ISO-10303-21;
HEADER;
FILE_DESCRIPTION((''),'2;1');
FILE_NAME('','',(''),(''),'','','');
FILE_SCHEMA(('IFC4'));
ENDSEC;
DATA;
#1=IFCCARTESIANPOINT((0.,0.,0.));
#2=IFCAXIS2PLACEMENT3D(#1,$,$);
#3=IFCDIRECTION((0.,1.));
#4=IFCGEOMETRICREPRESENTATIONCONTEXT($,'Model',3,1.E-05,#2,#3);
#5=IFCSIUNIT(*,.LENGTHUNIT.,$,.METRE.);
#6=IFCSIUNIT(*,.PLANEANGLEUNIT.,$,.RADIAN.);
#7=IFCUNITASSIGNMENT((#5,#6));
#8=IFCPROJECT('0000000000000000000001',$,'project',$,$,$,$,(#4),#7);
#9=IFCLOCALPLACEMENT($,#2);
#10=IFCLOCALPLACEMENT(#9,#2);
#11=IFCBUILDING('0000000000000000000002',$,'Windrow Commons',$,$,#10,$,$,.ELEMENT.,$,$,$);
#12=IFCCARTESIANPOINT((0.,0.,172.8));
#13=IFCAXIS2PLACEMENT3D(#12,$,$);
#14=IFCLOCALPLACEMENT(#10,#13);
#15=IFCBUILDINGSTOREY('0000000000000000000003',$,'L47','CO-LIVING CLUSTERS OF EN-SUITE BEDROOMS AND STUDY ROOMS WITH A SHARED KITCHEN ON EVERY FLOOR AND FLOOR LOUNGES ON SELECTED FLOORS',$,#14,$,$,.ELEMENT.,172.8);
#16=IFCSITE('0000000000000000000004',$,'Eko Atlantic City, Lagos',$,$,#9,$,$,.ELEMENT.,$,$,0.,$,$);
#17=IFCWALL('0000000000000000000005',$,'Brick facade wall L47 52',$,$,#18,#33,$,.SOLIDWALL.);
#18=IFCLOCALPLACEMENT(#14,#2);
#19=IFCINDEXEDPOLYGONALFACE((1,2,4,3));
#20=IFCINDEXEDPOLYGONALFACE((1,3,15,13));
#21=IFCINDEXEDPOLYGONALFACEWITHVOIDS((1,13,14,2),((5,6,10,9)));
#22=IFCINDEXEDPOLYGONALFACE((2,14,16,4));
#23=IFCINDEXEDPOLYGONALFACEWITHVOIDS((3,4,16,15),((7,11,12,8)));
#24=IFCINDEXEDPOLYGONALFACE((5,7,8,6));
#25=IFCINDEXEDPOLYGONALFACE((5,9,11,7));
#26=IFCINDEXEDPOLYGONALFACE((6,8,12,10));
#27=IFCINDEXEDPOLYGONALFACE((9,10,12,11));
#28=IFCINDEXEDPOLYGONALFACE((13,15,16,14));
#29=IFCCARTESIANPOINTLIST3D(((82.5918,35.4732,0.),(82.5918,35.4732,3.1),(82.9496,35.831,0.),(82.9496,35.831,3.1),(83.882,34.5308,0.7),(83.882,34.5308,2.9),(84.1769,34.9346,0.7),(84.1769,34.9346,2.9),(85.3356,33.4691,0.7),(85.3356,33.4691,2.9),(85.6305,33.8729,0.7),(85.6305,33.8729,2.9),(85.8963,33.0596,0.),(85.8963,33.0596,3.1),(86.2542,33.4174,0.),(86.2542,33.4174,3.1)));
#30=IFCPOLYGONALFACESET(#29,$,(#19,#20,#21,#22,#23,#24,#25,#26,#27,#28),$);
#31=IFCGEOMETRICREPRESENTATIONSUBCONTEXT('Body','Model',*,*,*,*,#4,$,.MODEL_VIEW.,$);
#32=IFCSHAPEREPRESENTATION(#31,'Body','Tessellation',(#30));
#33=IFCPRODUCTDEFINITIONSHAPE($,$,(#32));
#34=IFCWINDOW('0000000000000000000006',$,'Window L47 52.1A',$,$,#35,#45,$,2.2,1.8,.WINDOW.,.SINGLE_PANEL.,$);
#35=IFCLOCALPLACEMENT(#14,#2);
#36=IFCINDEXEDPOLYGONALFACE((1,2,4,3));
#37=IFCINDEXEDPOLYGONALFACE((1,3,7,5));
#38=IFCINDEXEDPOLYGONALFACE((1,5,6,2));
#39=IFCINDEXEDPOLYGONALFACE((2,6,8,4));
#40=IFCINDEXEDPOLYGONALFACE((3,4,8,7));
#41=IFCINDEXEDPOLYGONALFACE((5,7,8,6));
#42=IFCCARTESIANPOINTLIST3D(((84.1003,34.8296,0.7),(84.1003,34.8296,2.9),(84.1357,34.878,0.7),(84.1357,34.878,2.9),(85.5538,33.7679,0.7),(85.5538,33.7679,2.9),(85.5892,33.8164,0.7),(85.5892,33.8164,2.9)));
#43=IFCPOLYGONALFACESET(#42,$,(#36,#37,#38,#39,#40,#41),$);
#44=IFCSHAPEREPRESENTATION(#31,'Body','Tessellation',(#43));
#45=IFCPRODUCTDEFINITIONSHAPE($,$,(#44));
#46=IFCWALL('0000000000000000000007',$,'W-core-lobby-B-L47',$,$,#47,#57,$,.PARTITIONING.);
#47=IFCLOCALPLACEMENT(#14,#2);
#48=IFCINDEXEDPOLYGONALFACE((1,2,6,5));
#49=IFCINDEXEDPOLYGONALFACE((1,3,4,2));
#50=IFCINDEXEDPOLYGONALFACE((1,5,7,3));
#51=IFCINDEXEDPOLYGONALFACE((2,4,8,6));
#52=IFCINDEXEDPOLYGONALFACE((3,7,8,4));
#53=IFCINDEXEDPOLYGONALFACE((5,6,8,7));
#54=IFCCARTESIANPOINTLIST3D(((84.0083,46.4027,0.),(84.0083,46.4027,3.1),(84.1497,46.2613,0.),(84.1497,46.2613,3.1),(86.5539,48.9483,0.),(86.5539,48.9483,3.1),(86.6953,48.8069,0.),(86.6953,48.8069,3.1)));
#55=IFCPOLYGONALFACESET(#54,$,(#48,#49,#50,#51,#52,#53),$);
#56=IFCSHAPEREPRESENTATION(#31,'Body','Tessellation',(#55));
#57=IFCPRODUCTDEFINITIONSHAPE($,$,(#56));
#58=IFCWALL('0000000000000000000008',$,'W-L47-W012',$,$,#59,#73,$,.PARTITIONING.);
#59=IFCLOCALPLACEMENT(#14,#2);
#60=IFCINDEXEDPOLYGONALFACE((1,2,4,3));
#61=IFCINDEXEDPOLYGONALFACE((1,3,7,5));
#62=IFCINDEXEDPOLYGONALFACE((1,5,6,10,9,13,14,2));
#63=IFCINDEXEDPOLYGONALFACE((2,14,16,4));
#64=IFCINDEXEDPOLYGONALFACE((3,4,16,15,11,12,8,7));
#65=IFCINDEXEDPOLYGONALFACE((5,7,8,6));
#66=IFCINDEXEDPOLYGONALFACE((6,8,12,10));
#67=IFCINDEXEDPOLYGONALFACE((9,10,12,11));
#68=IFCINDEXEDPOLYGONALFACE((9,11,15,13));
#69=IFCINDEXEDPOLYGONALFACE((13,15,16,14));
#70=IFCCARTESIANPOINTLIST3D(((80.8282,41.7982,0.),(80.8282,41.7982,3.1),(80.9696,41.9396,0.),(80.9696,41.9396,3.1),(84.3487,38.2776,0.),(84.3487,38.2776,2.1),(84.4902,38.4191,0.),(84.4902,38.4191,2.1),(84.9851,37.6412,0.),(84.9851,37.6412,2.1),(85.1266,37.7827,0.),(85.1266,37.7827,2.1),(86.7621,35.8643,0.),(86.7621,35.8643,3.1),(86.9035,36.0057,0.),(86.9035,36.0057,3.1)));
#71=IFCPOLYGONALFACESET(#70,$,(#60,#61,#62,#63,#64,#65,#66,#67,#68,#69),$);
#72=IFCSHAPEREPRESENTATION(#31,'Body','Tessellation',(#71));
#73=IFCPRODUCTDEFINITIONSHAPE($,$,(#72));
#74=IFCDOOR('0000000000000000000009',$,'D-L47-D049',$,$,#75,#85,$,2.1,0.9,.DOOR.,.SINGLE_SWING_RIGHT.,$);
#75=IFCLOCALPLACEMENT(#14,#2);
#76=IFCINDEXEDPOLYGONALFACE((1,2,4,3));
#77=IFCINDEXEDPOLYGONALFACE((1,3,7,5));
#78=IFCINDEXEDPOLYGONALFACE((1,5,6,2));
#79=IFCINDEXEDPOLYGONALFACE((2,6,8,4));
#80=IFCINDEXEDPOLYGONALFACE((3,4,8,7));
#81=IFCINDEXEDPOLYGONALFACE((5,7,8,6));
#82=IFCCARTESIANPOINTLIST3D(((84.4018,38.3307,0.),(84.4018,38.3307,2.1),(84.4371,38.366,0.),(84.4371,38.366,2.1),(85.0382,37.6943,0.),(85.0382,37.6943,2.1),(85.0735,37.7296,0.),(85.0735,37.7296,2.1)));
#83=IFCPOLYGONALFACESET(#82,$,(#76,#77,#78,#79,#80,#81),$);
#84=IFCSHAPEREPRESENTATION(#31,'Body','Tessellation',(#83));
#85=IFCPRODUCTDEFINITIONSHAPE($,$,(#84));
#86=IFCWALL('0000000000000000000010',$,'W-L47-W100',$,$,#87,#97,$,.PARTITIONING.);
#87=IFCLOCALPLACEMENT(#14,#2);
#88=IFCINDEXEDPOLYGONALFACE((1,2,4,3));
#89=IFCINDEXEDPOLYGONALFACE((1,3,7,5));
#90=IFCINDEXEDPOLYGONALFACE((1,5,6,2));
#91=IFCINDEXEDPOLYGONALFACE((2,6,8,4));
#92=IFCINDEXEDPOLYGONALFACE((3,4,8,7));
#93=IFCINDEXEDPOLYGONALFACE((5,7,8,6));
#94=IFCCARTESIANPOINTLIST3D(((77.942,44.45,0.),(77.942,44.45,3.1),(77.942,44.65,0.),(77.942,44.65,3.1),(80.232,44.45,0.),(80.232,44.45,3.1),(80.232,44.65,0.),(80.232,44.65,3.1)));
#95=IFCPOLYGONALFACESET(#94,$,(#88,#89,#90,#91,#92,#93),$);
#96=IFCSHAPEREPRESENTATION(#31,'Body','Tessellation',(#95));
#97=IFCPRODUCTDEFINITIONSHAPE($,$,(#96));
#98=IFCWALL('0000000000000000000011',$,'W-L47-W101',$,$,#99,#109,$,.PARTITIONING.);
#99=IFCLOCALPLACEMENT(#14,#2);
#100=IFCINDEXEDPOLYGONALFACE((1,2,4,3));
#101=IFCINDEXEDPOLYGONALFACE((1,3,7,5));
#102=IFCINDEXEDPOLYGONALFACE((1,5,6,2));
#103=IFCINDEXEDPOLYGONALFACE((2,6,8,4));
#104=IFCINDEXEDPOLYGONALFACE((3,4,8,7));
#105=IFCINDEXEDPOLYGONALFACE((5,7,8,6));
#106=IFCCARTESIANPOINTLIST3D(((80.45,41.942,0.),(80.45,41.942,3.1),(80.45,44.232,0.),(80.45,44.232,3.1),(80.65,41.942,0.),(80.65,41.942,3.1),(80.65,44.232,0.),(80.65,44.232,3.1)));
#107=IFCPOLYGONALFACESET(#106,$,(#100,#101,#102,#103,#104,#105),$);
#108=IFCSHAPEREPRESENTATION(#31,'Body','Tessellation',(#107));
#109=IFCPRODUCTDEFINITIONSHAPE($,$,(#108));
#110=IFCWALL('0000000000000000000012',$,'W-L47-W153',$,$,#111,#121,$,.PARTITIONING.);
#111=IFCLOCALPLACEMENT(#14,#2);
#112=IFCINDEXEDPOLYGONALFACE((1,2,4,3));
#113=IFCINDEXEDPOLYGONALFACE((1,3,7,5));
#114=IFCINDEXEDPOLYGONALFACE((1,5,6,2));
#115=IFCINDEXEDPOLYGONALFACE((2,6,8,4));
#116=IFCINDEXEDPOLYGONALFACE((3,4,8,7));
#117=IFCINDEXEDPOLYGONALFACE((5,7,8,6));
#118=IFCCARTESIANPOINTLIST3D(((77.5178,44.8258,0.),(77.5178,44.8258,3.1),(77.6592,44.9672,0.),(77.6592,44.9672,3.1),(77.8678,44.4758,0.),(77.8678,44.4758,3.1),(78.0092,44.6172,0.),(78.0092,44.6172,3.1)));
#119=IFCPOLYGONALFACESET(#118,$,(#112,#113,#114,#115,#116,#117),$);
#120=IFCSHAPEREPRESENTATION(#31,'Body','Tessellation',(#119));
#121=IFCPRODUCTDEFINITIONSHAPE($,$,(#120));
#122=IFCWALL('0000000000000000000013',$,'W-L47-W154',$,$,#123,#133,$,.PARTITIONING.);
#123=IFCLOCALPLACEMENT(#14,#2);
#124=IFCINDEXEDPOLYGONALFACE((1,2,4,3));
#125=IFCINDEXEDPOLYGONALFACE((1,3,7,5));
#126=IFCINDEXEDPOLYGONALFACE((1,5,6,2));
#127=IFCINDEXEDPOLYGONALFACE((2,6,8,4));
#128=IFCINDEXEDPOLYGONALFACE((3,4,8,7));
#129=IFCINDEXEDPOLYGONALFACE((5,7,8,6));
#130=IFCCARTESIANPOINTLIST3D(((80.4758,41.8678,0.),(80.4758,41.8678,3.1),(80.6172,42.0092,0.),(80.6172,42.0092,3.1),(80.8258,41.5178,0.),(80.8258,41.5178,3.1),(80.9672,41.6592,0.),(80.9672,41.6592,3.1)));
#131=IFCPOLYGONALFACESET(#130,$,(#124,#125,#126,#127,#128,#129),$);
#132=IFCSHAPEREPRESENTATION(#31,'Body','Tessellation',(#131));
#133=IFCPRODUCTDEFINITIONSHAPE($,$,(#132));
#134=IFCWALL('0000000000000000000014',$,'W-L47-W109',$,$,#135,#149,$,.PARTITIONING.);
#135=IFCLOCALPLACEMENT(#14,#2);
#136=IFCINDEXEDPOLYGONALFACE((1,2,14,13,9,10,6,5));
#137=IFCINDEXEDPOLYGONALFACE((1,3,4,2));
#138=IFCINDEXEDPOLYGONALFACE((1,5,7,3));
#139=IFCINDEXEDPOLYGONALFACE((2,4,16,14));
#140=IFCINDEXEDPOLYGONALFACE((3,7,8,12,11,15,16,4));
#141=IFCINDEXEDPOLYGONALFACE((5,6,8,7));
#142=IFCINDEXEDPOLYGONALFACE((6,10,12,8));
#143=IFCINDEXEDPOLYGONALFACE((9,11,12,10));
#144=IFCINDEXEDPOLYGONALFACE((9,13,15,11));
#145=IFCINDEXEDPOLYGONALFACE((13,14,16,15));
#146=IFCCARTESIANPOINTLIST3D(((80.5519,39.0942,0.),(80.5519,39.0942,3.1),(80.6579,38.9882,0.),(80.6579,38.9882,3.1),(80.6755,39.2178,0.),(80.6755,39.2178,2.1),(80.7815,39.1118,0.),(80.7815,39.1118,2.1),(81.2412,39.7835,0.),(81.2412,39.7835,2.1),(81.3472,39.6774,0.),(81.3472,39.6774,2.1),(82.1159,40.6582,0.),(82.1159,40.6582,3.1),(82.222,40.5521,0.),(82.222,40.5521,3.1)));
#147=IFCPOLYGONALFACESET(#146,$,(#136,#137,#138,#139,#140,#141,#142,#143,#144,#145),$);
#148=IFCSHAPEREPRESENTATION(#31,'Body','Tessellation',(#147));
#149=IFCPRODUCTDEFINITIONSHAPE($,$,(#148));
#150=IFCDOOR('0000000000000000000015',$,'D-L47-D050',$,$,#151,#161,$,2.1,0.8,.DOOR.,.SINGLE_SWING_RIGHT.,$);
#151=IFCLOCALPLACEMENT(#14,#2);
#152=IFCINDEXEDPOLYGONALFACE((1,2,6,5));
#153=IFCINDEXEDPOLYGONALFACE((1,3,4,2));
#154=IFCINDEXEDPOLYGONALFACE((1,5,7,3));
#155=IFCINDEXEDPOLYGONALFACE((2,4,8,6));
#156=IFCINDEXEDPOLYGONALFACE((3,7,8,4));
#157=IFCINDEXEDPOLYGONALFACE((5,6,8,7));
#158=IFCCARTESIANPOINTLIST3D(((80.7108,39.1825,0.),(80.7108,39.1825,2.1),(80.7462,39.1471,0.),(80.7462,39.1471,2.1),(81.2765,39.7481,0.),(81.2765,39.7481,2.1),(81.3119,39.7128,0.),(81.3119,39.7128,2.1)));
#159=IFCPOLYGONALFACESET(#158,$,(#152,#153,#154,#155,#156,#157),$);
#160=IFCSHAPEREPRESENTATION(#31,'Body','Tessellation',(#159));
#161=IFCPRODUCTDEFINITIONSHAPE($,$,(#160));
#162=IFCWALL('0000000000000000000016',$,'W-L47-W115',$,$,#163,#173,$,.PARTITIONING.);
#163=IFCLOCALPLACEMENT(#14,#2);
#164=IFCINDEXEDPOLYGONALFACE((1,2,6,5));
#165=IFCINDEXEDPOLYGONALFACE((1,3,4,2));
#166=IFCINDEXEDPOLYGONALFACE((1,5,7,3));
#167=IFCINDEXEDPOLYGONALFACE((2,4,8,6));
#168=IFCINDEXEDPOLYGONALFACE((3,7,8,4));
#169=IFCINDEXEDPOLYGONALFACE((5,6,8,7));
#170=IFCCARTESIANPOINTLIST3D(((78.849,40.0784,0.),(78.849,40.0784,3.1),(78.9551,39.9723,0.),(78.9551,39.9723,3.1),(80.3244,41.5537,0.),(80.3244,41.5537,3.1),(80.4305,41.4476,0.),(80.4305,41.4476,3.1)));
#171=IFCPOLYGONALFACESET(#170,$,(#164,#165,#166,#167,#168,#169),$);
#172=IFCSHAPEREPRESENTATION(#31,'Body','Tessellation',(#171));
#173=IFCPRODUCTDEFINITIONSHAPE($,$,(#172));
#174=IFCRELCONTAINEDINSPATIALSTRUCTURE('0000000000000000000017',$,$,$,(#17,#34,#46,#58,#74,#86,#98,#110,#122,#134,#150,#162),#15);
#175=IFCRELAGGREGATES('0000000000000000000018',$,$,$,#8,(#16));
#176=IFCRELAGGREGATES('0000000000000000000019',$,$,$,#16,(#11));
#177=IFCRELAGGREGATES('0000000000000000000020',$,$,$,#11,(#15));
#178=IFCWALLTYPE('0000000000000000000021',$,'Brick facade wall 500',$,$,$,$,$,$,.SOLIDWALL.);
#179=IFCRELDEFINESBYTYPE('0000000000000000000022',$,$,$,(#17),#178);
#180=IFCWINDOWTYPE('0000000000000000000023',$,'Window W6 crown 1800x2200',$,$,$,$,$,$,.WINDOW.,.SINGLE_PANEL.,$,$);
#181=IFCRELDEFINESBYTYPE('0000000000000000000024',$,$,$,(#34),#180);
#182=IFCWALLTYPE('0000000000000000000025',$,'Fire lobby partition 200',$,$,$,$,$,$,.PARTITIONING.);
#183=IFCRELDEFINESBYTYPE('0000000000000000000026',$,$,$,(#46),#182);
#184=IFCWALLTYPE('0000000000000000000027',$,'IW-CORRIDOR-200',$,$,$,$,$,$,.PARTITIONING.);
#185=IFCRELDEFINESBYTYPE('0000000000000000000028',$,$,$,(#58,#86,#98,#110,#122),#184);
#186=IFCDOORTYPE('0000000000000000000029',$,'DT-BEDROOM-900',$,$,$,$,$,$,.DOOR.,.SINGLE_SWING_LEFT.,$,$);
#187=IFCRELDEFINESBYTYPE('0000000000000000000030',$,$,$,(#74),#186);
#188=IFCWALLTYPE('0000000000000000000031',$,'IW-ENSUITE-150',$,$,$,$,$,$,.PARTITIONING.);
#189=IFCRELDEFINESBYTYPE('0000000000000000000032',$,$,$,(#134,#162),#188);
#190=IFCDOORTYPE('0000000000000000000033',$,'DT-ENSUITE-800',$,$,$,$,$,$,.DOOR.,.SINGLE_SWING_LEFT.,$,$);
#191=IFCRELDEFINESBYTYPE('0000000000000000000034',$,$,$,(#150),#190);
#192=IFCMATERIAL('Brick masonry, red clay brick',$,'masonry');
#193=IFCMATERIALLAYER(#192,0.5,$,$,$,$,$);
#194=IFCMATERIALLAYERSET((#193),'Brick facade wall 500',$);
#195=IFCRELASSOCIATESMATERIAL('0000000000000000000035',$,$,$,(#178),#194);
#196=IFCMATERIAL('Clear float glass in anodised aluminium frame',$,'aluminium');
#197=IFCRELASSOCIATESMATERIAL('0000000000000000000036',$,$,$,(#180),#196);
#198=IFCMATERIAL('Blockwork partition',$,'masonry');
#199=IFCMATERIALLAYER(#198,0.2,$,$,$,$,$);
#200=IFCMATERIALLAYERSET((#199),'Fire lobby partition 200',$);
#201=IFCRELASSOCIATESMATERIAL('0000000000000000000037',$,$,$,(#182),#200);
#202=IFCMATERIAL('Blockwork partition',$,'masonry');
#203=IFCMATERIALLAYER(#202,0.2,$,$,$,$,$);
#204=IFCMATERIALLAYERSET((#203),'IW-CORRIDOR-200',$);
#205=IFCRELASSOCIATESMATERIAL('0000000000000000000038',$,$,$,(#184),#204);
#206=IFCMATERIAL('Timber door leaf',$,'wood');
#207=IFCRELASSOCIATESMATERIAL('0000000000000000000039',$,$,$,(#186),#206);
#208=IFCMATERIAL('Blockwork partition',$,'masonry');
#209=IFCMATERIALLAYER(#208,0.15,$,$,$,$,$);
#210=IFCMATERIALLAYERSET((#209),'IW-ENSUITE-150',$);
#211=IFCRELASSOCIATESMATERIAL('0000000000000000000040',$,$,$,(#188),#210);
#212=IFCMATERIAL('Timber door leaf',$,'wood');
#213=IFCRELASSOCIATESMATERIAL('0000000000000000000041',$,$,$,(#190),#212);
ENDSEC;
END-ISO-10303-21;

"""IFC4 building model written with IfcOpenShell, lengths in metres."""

from ifc_helpers import new_model, si_unit, direction, frame, frame_2d, origin, place, context, subcontext, project, spatial, polyline, rectangle, outline, extrude, material, layer, layer_set, type_object, element, fill, save


model = new_model("IFC4")

# Units and contexts
model_context = context("Model", 3, precision=1e-05, world=origin(), true_north=direction((0.0, 1.0)))
body_context = subcontext(model_context, "Body", "Model", "MODEL_VIEW")
ifc_project = project(units=[si_unit("LENGTHUNIT", "METRE"), si_unit("PLANEANGLEUNIT", "RADIAN")], contexts=[model_context])

# Site, building, storey
site_placement = place(None, origin())
site = spatial("IfcSite", under=ifc_project, at=site_placement, Name="Eko Atlantic City, Lagos", CompositionType="ELEMENT", RefElevation=0.0)
building_placement = place(site_placement, origin())
building = spatial("IfcBuilding", under=site, at=building_placement, Name="Windrow Commons", CompositionType="ELEMENT")
storey_placement = place(building_placement, frame((0.0, 0.0, 172.8)))
storey = spatial("IfcBuildingStorey", under=building, at=storey_placement, Name="L47", Description="CO-LIVING CLUSTERS OF EN-SUITE BEDROOMS AND STUDY ROOMS WITH A SHARED KITCHEN ON EVERY FLOOR AND FLOOR LOUNGES ON SELECTED FLOORS", CompositionType="ELEMENT", Elevation=172.8)

# Shared definitions
ifc_material_1 = material(Name="Brick masonry, red clay brick", Category="masonry")
ifc_layer_1 = layer(ifc_material_1, 0.5)
ifc_layer_set_1 = layer_set([ifc_layer_1], Name="Brick facade wall 500")
wall_type_1 = type_object("IfcWallType", Name="Brick facade wall 500", PredefinedType="SOLIDWALL", material=ifc_layer_set_1)

# Wall, opening, window
wall_1_placement = place(storey_placement, frame((82.7707, 35.6521, 0.0), z_axis=(0.0, 0.0, 1.0), x_axis=(0.807534, -0.589821, 0.0)))
wall_1 = element("IfcWall", 1, at=wall_1_placement, inside=storey, type_object=wall_type_1, Name="Brick facade wall L47 52", PredefinedType="SOLIDWALL", context=body_context, shape_type="SweptSolid", body=[
    extrude(outline(polyline([(-0.039, -0.25), (4.0532, -0.25), (4.1311, 0.25), (0.039, 0.25), (-0.039, -0.25)])), origin(), (0.0, 0.0, 1.0), 3.1),
])
opening_1_placement = place(wall_1_placement, frame((1.5588, 0.0, 0.7)))
opening_1 = element("IfcOpeningElement", 2, at=opening_1_placement, cuts=wall_1, PredefinedType="OPENING", context=body_context, shape_type="SweptSolid", body=[
    extrude(rectangle(XDim=1.8, YDim=2.2, at=frame_2d((0.9, 1.1))), frame((0.0, 0.26, 0.0), z_axis=(0.0, -1.0, 0.0), x_axis=(1.0, 0.0, 0.0)), (0.0, 0.0, 1.0), 0.52),
])
ifc_material_2 = material(Name="Clear float glass in anodised aluminium frame", Category="aluminium")
window_type_1 = type_object("IfcWindowType", Name="Window W6 crown 1800x2200", PartitioningType="SINGLE_PANEL", PredefinedType="WINDOW", material=ifc_material_2)
window_1_placement = place(opening_1_placement, origin())
window_1 = element("IfcWindow", 3, at=window_1_placement, inside=storey, type_object=window_type_1, Name="Window L47 52.1A", OverallHeight=2.2, OverallWidth=1.8, PartitioningType="SINGLE_PANEL", PredefinedType="WINDOW", context=body_context, shape_type="SweptSolid", body=[
    extrude(rectangle(XDim=1.8, YDim=2.2, at=frame_2d((0.9, 1.1))), frame((0.0, 0.18, 0.0), z_axis=(0.0, -1.0, 0.0), x_axis=(1.0, 0.0, 0.0)), (0.0, 0.0, 1.0), 0.06),
])
fill(opening_1, window_1)

# Wall
ifc_material_3 = material(Name="Blockwork partition", Category="masonry")
ifc_layer_2 = layer(ifc_material_3, 0.2)
ifc_layer_set_2 = layer_set([ifc_layer_2], Name="Fire lobby partition 200")
wall_type_2 = type_object("IfcWallType", Name="Fire lobby partition 200", PredefinedType="PARTITIONING", material=ifc_layer_set_2)
wall_2_placement = place(storey_placement, frame((84.079, 46.332, 0.0), z_axis=(0.0, 0.0, 1.0), x_axis=(0.707107, 0.707107, 0.0)))
element("IfcWall", 4, at=wall_2_placement, inside=storey, type_object=wall_type_2, Name="W-core-lobby-B-L47", PredefinedType="PARTITIONING", context=body_context, shape_type="SweptSolid", body=[
    extrude(rectangle(XDim=3.6, YDim=0.2, at=frame_2d((1.8, 0.0))), origin(), (0.0, 0.0, 1.0), 3.1),
])

# Wall, opening, door
ifc_material_4 = material(Name="Blockwork partition", Category="masonry")
ifc_layer_3 = layer(ifc_material_4, 0.2)
ifc_layer_set_3 = layer_set([ifc_layer_3], Name="IW-CORRIDOR-200")
wall_type_3 = type_object("IfcWallType", Name="IW-CORRIDOR-200", PredefinedType="PARTITIONING", material=ifc_layer_set_3)
wall_3_placement = place(storey_placement, frame((80.8989, 41.8689, 0.0), z_axis=(0.0, 0.0, 1.0), x_axis=(0.707107, -0.707107, 0.0)))
wall_3 = element("IfcWall", 5, at=wall_3_placement, inside=storey, type_object=wall_type_3, Name="W-L47-W012", PredefinedType="PARTITIONING", context=body_context, shape_type="SweptSolid", body=[
    extrude(rectangle(XDim=8.3919, YDim=0.2, at=frame_2d((4.1959, 0.0))), origin(), (0.0, 0.0, 1.0), 3.1),
])
opening_2_placement = place(wall_3_placement, frame((4.9788, 0.0, 0.0)))
opening_2 = element("IfcOpeningElement", 6, at=opening_2_placement, cuts=wall_3, PredefinedType="OPENING", context=body_context, shape_type="SweptSolid", body=[
    extrude(rectangle(XDim=0.9, YDim=2.1, at=frame_2d((0.45, 1.05))), frame((0.0, 0.11, 0.0), z_axis=(0.0, -1.0, 0.0), x_axis=(1.0, 0.0, 0.0)), (0.0, 0.0, 1.0), 0.22),
])
ifc_material_5 = material(Name="Timber door leaf", Category="wood")
door_type_1 = type_object("IfcDoorType", Name="DT-BEDROOM-900", OperationType="SINGLE_SWING_LEFT", PredefinedType="DOOR", material=ifc_material_5)
door_1_placement = place(opening_2_placement, origin())
door_1 = element("IfcDoor", 7, at=door_1_placement, inside=storey, type_object=door_type_1, Name="D-L47-D049", OperationType="SINGLE_SWING_RIGHT", OverallHeight=2.1, OverallWidth=0.9, PredefinedType="DOOR", context=body_context, shape_type="SweptSolid", body=[
    extrude(rectangle(XDim=0.9, YDim=2.1, at=frame_2d((0.45, 1.05))), frame((0.0, 0.025, 0.0), z_axis=(0.0, -1.0, 0.0), x_axis=(1.0, 0.0, 0.0)), (0.0, 0.0, 1.0), 0.05),
])
fill(opening_2, door_1)

# Walls
for number, where, z_axis, x_axis, name in (
    (8, (77.942, 44.55, 0.0), (0.0, 0.0, 1.0), (1.0, 0.0, 0.0), "W-L47-W100"),
    (9, (80.55, 41.942, 0.0), (0.0, 0.0, 1.0), (0.0, 1.0, 0.0), "W-L47-W101"),
):
    element("IfcWall", number, at=place(storey_placement, frame(where, z_axis=z_axis, x_axis=x_axis)), inside=storey, type_object=wall_type_3, Name=name, PredefinedType="PARTITIONING", context=body_context, shape_type="SweptSolid", body=[
        extrude(rectangle(XDim=2.29, YDim=0.2, at=frame_2d((1.145, 0.0))), origin(), (0.0, 0.0, 1.0), 3.1),
    ])
for number, where, z_axis, x_axis, name in (
    (10, (77.5885, 44.8965, 0.0), (0.0, 0.0, 1.0), (0.707107, -0.707107, 0.0), "W-L47-W153"),
    (11, (80.5465, 41.9385, 0.0), (0.0, 0.0, 1.0), (0.707107, -0.707107, 0.0), "W-L47-W154"),
):
    element("IfcWall", number, at=place(storey_placement, frame(where, z_axis=z_axis, x_axis=x_axis)), inside=storey, type_object=wall_type_3, Name=name, PredefinedType="PARTITIONING", context=body_context, shape_type="SweptSolid", body=[
        extrude(rectangle(XDim=0.495, YDim=0.2, at=frame_2d((0.2475, 0.0))), origin(), (0.0, 0.0, 1.0), 3.1),
    ])

# Wall, opening, door
ifc_material_6 = material(Name="Blockwork partition", Category="masonry")
ifc_layer_4 = layer(ifc_material_6, 0.15)
ifc_layer_set_4 = layer_set([ifc_layer_4], Name="IW-ENSUITE-150")
wall_type_4 = type_object("IfcWallType", Name="IW-ENSUITE-150", PredefinedType="PARTITIONING", material=ifc_layer_set_4)
wall_4_placement = place(storey_placement, frame((80.6049, 39.0412, 0.0), z_axis=(0.0, 0.0, 1.0), x_axis=(0.707129, 0.707084, 0.0)))
wall_4 = element("IfcWall", 12, at=wall_4_placement, inside=storey, type_object=wall_type_4, Name="W-L47-W109", PredefinedType="PARTITIONING", context=body_context, shape_type="SweptSolid", body=[
    extrude(rectangle(XDim=2.2118, YDim=0.15, at=frame_2d((1.1059, 0.0))), origin(), (0.0, 0.0, 1.0), 3.1),
])
opening_3_placement = place(wall_4_placement, frame((0.1748, 0.0, 0.0)))
opening_3 = element("IfcOpeningElement", 13, at=opening_3_placement, cuts=wall_4, PredefinedType="OPENING", context=body_context, shape_type="SweptSolid", body=[
    extrude(rectangle(XDim=0.8, YDim=2.1, at=frame_2d((0.4, 1.05))), frame((0.0, 0.085, 0.0), z_axis=(0.0, -1.0, 0.0), x_axis=(1.0, 0.0, 0.0)), (0.0, 0.0, 1.0), 0.17),
])
ifc_material_7 = material(Name="Timber door leaf", Category="wood")
door_type_2 = type_object("IfcDoorType", Name="DT-ENSUITE-800", OperationType="SINGLE_SWING_LEFT", PredefinedType="DOOR", material=ifc_material_7)
door_2_placement = place(opening_3_placement, origin())
door_2 = element("IfcDoor", 14, at=door_2_placement, inside=storey, type_object=door_type_2, Name="D-L47-D050", OperationType="SINGLE_SWING_RIGHT", OverallHeight=2.1, OverallWidth=0.8, PredefinedType="DOOR", context=body_context, shape_type="SweptSolid", body=[
    extrude(rectangle(XDim=0.8, YDim=2.1, at=frame_2d((0.4, 1.05))), frame((0.0, 0.025, 0.0), z_axis=(0.0, -1.0, 0.0), x_axis=(1.0, 0.0, 0.0)), (0.0, 0.0, 1.0), 0.05),
])
fill(opening_3, door_2)

# Wall
wall_5_placement = place(storey_placement, frame((78.902, 40.0253, 0.0), z_axis=(0.0, 0.0, 1.0), x_axis=(0.707131, 0.707083, 0.0)))
element("IfcWall", 15, at=wall_5_placement, inside=storey, type_object=wall_type_4, Name="W-L47-W115", PredefinedType="PARTITIONING", context=body_context, shape_type="SweptSolid", body=[
    extrude(rectangle(XDim=2.0865, YDim=0.15, at=frame_2d((1.0433, 0.0))), origin(), (0.0, 0.0, 1.0), 3.1),
])

save(model, "model.ifc")
